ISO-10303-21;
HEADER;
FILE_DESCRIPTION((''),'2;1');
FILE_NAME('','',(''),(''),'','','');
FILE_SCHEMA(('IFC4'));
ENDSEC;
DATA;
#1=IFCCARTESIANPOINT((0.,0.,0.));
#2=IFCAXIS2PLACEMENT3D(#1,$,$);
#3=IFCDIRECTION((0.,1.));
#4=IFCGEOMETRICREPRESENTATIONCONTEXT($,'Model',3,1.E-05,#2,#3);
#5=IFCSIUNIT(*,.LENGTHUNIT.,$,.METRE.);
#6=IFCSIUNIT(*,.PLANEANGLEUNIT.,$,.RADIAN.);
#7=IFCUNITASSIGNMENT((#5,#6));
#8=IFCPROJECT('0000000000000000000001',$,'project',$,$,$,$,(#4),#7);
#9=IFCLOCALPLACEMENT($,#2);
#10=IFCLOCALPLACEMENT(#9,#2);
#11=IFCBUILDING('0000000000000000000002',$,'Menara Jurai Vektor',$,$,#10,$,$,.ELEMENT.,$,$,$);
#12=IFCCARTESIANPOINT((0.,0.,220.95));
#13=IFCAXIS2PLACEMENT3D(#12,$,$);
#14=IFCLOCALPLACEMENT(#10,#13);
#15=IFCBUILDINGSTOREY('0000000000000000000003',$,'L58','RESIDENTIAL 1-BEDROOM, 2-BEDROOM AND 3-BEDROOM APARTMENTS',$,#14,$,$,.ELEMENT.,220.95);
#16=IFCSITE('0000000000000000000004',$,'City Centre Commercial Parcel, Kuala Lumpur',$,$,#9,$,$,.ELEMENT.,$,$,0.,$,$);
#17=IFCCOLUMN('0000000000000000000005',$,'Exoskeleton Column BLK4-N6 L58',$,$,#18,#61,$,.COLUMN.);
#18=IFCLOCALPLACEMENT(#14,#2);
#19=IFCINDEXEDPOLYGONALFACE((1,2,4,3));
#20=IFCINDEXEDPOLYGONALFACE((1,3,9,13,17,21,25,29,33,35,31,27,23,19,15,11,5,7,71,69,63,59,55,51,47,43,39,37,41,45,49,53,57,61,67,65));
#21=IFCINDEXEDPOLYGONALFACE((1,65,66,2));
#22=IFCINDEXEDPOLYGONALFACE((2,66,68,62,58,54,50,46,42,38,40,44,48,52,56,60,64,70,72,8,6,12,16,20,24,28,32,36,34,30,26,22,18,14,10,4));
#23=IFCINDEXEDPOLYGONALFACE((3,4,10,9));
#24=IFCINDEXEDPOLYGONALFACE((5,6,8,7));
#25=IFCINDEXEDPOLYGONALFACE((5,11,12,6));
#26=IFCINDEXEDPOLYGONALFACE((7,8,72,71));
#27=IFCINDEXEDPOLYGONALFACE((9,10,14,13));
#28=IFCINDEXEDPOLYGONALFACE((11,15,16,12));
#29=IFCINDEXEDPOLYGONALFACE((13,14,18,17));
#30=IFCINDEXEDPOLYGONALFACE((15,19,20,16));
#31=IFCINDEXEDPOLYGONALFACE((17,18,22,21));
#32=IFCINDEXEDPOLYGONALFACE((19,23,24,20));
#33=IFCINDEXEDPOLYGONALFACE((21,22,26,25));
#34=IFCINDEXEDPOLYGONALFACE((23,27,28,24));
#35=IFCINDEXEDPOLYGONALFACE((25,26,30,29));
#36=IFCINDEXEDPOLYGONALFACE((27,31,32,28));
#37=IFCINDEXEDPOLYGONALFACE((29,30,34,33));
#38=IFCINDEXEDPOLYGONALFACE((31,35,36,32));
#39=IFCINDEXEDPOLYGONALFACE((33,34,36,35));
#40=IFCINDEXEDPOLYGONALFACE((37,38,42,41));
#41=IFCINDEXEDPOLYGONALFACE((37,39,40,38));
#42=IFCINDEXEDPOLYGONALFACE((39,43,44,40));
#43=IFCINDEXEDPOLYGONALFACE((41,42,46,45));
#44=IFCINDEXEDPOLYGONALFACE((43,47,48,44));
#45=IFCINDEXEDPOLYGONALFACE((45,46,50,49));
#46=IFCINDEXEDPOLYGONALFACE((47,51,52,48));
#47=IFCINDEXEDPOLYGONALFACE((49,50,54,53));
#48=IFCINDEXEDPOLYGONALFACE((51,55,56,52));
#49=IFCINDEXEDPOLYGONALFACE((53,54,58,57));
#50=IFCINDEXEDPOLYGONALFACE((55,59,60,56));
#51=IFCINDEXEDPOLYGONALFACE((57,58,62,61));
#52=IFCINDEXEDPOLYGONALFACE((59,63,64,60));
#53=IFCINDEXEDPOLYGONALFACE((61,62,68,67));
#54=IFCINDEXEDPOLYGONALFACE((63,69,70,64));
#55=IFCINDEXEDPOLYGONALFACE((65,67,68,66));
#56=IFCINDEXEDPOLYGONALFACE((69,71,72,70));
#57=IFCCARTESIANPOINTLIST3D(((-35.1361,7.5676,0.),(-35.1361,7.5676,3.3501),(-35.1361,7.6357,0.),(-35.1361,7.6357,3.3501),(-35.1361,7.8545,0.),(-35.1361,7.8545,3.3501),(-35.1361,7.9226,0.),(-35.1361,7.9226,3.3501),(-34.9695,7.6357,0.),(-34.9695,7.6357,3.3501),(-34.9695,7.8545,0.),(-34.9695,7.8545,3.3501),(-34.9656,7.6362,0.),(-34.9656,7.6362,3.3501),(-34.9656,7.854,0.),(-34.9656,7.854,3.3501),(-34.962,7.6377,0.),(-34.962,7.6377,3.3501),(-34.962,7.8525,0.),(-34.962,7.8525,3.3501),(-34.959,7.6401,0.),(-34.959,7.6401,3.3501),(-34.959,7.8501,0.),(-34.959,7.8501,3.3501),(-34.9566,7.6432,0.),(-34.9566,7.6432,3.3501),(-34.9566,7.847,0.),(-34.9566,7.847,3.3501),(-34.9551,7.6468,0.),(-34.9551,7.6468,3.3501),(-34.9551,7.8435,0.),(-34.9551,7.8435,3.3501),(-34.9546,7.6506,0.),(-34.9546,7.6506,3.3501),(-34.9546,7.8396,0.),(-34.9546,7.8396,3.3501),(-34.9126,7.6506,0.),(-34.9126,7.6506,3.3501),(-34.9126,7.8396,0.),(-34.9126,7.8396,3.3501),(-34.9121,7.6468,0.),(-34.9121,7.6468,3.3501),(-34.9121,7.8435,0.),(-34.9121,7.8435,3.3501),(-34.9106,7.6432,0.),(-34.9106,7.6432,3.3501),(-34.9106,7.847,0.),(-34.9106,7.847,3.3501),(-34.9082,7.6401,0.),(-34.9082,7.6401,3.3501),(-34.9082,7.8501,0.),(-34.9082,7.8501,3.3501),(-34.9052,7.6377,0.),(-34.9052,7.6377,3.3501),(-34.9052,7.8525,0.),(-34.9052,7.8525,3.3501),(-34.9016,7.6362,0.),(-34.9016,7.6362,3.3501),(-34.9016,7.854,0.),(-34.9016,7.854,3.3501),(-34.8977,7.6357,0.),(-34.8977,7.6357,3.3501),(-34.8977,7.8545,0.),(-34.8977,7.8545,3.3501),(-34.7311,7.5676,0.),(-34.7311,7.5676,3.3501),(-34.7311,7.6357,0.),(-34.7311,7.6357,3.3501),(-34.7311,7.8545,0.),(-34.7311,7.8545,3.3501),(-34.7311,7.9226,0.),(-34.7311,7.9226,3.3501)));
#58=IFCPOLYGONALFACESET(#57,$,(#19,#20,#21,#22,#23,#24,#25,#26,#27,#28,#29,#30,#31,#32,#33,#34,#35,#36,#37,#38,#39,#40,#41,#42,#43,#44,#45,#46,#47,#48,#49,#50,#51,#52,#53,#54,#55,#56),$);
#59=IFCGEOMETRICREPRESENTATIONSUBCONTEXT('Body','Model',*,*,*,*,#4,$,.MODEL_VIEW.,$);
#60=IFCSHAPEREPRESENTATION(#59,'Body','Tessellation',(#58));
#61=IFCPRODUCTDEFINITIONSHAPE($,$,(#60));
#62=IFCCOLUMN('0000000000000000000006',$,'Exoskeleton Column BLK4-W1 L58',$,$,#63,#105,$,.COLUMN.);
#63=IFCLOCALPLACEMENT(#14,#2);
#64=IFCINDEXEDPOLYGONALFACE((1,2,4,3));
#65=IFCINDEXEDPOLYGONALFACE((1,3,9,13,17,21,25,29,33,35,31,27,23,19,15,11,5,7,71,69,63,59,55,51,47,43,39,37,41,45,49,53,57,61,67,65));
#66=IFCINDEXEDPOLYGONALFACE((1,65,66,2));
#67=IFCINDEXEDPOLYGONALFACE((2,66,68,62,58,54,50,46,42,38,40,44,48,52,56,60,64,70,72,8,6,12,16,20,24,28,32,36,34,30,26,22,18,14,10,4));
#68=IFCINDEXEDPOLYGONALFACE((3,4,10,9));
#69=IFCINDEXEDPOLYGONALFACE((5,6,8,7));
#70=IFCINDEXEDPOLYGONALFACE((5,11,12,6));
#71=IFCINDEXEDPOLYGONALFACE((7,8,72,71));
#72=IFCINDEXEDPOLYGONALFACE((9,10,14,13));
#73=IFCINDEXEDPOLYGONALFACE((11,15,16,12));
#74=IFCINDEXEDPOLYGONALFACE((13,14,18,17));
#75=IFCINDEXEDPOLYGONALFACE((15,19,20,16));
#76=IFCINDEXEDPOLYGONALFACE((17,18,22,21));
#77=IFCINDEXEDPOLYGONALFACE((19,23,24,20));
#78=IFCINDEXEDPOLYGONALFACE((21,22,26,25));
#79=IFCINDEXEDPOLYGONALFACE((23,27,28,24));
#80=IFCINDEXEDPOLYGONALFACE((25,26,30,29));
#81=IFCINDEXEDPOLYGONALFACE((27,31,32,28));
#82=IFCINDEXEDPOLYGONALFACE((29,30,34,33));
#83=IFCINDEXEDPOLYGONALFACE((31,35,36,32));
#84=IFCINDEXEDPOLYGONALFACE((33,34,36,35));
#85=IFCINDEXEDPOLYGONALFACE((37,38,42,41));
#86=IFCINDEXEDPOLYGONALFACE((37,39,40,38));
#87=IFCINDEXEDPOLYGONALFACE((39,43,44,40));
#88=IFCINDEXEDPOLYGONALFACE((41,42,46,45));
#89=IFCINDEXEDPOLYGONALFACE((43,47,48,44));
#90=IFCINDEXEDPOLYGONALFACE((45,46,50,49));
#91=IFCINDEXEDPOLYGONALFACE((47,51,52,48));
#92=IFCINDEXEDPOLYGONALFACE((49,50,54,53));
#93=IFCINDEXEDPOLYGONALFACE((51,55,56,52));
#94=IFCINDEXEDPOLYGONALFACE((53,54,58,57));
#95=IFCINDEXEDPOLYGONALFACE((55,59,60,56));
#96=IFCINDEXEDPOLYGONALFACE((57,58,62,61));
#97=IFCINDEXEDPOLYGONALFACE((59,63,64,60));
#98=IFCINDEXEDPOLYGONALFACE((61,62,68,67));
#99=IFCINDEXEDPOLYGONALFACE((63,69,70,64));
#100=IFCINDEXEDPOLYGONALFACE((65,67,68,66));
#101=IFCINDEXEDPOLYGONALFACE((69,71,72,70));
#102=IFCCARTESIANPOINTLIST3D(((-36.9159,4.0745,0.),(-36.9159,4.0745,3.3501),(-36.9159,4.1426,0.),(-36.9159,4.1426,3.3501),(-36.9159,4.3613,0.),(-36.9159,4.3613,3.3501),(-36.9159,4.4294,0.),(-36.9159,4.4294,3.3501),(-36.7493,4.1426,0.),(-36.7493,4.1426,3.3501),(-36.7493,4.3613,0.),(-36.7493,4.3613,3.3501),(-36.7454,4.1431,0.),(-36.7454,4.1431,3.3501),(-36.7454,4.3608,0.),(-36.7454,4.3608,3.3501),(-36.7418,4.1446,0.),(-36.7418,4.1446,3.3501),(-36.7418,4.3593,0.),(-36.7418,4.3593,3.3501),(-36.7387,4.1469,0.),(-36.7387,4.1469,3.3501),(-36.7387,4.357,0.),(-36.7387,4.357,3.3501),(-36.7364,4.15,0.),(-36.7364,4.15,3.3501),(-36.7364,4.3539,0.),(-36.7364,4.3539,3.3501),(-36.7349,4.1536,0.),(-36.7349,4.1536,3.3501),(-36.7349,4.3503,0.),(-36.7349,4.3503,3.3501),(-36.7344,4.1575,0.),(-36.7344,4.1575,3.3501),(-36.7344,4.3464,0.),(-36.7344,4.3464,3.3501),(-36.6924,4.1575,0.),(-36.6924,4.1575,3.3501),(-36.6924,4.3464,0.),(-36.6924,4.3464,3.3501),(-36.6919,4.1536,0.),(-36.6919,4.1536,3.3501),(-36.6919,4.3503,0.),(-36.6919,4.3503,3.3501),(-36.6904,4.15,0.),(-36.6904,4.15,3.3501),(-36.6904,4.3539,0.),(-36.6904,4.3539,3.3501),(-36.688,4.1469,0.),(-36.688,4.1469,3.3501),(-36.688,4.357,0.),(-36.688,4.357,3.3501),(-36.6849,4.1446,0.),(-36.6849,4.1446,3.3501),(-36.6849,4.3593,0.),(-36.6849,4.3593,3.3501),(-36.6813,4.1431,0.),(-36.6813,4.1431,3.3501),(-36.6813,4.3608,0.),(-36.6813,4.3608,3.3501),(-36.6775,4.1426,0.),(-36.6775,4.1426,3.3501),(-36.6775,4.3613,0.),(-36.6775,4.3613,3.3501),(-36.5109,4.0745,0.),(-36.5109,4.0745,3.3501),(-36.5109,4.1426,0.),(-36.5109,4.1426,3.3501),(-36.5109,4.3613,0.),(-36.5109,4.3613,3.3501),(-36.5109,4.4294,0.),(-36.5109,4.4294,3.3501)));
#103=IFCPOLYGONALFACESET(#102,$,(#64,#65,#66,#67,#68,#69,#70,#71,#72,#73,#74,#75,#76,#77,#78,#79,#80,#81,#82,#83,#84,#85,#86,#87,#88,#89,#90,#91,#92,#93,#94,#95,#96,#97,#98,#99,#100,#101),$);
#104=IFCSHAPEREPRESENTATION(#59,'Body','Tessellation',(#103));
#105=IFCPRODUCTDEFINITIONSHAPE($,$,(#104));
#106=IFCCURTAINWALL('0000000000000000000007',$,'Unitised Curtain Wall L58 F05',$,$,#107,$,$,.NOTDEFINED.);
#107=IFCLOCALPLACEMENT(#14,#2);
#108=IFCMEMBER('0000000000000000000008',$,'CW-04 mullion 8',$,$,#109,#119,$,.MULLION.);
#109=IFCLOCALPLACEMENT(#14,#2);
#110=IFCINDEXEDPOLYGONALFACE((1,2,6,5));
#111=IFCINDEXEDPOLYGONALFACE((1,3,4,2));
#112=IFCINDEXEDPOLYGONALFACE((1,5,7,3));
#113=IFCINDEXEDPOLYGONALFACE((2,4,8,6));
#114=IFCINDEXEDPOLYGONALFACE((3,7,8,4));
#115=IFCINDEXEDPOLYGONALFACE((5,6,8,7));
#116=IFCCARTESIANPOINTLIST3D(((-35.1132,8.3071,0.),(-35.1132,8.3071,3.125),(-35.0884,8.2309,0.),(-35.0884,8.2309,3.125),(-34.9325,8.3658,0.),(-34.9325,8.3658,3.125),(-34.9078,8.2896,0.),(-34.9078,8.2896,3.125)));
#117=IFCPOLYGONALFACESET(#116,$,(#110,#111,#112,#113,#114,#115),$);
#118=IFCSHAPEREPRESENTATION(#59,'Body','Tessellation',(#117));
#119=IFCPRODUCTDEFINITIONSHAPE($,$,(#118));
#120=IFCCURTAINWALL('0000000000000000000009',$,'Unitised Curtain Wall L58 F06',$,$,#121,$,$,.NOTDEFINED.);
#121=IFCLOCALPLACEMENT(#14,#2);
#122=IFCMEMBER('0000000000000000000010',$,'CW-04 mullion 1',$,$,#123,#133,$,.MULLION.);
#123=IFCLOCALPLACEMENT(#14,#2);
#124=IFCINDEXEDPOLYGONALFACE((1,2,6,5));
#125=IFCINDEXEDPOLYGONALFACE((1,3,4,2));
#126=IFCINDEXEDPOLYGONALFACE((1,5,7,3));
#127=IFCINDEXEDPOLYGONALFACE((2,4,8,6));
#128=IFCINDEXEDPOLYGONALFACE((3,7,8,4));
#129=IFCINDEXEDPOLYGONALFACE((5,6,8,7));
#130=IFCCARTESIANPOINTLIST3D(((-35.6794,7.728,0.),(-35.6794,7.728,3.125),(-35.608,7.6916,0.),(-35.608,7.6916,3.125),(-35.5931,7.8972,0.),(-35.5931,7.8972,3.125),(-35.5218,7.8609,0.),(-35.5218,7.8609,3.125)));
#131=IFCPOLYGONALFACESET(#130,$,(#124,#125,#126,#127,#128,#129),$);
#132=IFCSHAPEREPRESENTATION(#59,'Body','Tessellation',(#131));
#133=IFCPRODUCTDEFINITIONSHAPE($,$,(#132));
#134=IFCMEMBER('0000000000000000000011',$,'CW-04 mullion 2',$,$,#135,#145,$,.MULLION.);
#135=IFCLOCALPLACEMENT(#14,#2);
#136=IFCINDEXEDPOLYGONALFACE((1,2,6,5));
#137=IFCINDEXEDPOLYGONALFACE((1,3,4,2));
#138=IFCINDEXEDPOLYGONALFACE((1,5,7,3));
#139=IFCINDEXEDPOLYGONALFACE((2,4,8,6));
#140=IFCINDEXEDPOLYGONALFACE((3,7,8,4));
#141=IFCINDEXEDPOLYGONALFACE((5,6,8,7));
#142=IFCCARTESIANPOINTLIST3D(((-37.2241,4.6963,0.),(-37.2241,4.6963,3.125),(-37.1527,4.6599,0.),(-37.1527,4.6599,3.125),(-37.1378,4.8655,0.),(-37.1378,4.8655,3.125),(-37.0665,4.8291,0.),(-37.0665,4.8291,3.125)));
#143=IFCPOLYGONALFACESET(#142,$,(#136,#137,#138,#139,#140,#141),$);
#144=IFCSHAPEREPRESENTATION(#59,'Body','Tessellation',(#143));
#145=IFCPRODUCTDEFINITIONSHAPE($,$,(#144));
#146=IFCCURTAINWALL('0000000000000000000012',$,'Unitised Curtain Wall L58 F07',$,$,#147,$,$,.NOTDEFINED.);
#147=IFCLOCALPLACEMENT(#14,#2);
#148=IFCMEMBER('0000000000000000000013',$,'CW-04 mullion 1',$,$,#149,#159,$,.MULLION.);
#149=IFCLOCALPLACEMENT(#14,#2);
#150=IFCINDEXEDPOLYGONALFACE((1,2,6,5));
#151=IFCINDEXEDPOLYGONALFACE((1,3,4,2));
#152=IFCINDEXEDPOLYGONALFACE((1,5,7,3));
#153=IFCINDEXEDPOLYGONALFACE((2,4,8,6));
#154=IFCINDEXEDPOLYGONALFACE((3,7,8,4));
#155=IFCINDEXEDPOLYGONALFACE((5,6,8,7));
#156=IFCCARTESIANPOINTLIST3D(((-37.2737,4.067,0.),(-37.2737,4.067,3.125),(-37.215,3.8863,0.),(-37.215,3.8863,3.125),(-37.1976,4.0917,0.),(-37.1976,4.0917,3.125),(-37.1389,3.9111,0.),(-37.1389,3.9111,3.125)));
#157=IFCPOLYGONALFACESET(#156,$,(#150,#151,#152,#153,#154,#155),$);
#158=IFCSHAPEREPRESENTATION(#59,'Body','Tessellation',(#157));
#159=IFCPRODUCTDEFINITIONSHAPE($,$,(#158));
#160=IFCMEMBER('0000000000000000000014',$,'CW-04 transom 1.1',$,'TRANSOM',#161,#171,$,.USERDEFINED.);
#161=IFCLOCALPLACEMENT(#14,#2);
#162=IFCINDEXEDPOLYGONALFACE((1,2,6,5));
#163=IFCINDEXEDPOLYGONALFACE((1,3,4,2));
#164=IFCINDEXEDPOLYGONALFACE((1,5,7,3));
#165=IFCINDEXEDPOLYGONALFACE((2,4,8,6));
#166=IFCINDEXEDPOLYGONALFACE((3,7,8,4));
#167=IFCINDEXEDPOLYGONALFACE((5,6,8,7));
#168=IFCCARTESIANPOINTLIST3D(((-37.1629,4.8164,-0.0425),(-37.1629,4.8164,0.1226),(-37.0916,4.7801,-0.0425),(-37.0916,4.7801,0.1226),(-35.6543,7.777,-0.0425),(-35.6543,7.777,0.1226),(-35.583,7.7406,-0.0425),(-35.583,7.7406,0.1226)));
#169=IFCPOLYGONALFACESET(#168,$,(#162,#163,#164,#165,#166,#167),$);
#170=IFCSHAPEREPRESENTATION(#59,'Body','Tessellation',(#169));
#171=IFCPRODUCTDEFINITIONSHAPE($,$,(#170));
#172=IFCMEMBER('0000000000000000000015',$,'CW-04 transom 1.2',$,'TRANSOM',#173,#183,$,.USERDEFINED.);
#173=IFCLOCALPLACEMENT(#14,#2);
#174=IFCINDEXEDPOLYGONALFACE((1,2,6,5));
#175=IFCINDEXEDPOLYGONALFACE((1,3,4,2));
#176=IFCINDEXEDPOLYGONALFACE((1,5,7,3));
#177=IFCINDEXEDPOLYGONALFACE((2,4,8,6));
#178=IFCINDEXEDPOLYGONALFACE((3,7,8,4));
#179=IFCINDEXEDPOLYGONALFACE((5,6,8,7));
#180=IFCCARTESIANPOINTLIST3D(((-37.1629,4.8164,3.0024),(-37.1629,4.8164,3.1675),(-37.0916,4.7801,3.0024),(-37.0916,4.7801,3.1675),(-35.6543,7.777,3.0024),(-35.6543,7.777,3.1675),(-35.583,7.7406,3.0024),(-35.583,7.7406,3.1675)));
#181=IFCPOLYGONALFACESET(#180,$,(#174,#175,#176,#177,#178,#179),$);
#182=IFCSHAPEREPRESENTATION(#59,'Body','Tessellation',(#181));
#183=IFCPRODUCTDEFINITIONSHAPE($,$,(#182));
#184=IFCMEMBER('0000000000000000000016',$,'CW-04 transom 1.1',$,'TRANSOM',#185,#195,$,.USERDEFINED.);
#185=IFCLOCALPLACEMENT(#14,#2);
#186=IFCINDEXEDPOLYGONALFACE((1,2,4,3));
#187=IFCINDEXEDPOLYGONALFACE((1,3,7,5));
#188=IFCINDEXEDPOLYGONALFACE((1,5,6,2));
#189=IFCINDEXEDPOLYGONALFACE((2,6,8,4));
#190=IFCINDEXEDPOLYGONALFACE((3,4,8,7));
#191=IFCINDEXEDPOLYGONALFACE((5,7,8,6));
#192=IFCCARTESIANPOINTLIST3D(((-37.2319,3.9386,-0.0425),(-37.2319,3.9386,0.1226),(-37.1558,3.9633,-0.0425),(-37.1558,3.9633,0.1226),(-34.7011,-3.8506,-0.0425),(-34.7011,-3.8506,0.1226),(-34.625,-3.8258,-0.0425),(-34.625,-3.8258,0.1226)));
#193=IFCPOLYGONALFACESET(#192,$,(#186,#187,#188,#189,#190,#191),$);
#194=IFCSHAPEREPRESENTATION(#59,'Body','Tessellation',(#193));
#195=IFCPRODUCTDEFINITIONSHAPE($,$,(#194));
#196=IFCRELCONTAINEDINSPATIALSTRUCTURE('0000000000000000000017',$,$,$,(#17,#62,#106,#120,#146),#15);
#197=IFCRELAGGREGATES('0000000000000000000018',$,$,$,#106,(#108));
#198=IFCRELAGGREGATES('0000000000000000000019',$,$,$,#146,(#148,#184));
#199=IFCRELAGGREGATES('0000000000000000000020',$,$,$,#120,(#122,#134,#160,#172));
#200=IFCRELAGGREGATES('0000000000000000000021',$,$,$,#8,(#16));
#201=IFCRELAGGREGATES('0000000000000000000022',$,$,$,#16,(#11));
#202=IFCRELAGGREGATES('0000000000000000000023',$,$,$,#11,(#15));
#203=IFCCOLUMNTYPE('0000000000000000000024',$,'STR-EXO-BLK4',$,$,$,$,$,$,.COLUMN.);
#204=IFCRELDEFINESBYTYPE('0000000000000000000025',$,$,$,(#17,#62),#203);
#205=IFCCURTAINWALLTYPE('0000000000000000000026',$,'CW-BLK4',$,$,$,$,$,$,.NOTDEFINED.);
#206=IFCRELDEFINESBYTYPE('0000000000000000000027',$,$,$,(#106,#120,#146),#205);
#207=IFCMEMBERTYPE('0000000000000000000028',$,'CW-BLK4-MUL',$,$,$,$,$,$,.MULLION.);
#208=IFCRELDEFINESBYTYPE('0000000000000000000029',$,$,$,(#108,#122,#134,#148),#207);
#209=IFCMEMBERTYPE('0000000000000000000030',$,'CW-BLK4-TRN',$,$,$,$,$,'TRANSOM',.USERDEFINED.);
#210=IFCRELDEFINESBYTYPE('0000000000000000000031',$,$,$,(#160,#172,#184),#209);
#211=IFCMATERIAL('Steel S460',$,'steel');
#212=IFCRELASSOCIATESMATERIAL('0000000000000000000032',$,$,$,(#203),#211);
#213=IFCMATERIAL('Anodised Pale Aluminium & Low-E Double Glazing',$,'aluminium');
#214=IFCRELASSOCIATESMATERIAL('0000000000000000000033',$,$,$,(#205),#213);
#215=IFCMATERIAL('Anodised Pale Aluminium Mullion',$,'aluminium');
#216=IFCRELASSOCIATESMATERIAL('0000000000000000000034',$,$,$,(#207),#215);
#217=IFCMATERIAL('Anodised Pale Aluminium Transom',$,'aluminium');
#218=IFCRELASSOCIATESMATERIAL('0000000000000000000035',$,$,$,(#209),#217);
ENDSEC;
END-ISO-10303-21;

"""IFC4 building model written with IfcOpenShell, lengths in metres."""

from ifc_helpers import new_model, si_unit, direction, frame, origin, origin_2d, place, context, subcontext, project, spatial, rectangle, i_section, extrude, material, material_profile, profile_set, type_object, element, aggregate, save


model = new_model("IFC4")

# Units and contexts
model_context = context("Model", 3, precision=1e-05, world=origin(), true_north=direction((0.0, 1.0)))
body_context = subcontext(model_context, "Body", "Model", "MODEL_VIEW")
ifc_project = project(units=[si_unit("LENGTHUNIT", "METRE"), si_unit("PLANEANGLEUNIT", "RADIAN")], contexts=[model_context])

# Site, building, storey
site_placement = place(None, origin())
site = spatial("IfcSite", under=ifc_project, at=site_placement, Name="City Centre Commercial Parcel, Kuala Lumpur", CompositionType="ELEMENT", RefElevation=0.0)
building_placement = place(site_placement, origin())
building = spatial("IfcBuilding", under=site, at=building_placement, Name="Menara Jurai Vektor", CompositionType="ELEMENT")
storey_placement = place(building_placement, frame((0.0, 0.0, 220.95)))
storey = spatial("IfcBuildingStorey", under=building, at=storey_placement, Name="L58", Description="RESIDENTIAL 1-BEDROOM, 2-BEDROOM AND 3-BEDROOM APARTMENTS", CompositionType="ELEMENT", Elevation=220.95)

# Columns
ifc_material_1 = material(Name="Steel S460", Category="steel")
ifc_material_profile_1 = material_profile(ifc_material_1, i_section(OverallWidth=0.405, OverallDepth=0.355, WebThickness=0.042, FlangeThickness=0.0681, FilletRadius=0.0149, at=origin_2d()), Name="HD 400x551")
ifc_profile_set_1 = profile_set([ifc_material_profile_1], Name="Steel S460")
column_type = type_object("IfcColumnType", Name="STR-EXO-BLK4", PredefinedType="COLUMN", material=ifc_profile_set_1)
for number, where, z_axis, x_axis, name in (
    (1, (-34.9336, 7.7451, 0.0), (0.0, 0.0, 1.0), (1.0, 0.0, 0.0), "Exoskeleton Column BLK4-N6 L58"),
    (2, (-36.7134, 4.252, 0.0), (0.0, 0.0, 1.0), (1.0, 0.0, 0.0), "Exoskeleton Column BLK4-W1 L58"),
):
    element("IfcColumn", number, at=place(storey_placement, frame(where, z_axis=z_axis, x_axis=x_axis)), inside=storey, type_object=column_type, Name=name, PredefinedType="COLUMN", context=body_context, shape_type="SweptSolid", body=[
        extrude(i_section(OverallWidth=0.405, OverallDepth=0.355, WebThickness=0.042, FlangeThickness=0.0681, FilletRadius=0.0149, at=origin_2d()), origin(), (0.0, 0.0, 1.0), 3.3501),
    ])

# Curtain wall, member
ifc_material_2 = material(Name="Anodised Pale Aluminium & Low-E Double Glazing", Category="aluminium")
curtain_wall_type = type_object("IfcCurtainWallType", Name="CW-BLK4", PredefinedType="NOTDEFINED", material=ifc_material_2)
curtain_wall_1_placement = place(storey_placement, origin())
curtain_wall_1 = element("IfcCurtainWall", 3, at=curtain_wall_1_placement, inside=storey, type_object=curtain_wall_type, Name="Unitised Curtain Wall L58 F05", PredefinedType="NOTDEFINED")
ifc_material_3 = material(Name="Anodised Pale Aluminium Mullion", Category="aluminium")
ifc_material_profile_2 = material_profile(ifc_material_3, rectangle(XDim=0.0801, YDim=0.1899, at=origin_2d()), Name="ALU MUL 80x190")
ifc_profile_set_2 = profile_set([ifc_material_profile_2], Name="Anodised Pale Aluminium Mullion")
member_type_1 = type_object("IfcMemberType", Name="CW-BLK4-MUL", PredefinedType="MULLION", material=ifc_profile_set_2)
member_1_placement = place(storey_placement, frame((-35.0105, 8.2983, 0.0), z_axis=(0.0, 0.0, 1.0), x_axis=(0.309017, -0.951056, 0.0)))
member_1 = element("IfcMember", 4, at=member_1_placement, type_object=member_type_1, Name="CW-04 mullion 8", PredefinedType="MULLION", context=body_context, shape_type="SweptSolid", body=[
    extrude(rectangle(XDim=0.0801, YDim=0.1899, at=origin_2d()), origin(), (0.0, 0.0, 1.0), 3.125),
])

# Curtain wall, members
curtain_wall_2_placement = place(storey_placement, origin())
curtain_wall_2 = element("IfcCurtainWall", 5, at=curtain_wall_2_placement, inside=storey, type_object=curtain_wall_type, Name="Unitised Curtain Wall L58 F06", PredefinedType="NOTDEFINED")
member_2_placement = place(storey_placement, frame((-35.6006, 7.7944, 0.0), z_axis=(0.0, 0.0, 1.0), x_axis=(0.891008, -0.453989, 0.0)))
member_2 = element("IfcMember", 6, at=member_2_placement, type_object=member_type_1, Name="CW-04 mullion 1", PredefinedType="MULLION", context=body_context, shape_type="SweptSolid", body=[
    extrude(rectangle(XDim=0.0801, YDim=0.1899, at=origin_2d()), origin(), (0.0, 0.0, 1.0), 3.125),
])
member_3_placement = place(storey_placement, frame((-37.1453, 4.7627, 0.0), z_axis=(0.0, 0.0, 1.0), x_axis=(0.891008, -0.453989, 0.0)))
member_3 = element("IfcMember", 7, at=member_3_placement, type_object=member_type_1, Name="CW-04 mullion 2", PredefinedType="MULLION", context=body_context, shape_type="SweptSolid", body=[
    extrude(rectangle(XDim=0.0801, YDim=0.1899, at=origin_2d()), origin(), (0.0, 0.0, 1.0), 3.125),
])

# Curtain wall, member
curtain_wall_3_placement = place(storey_placement, origin())
curtain_wall_3 = element("IfcCurtainWall", 8, at=curtain_wall_3_placement, inside=storey, type_object=curtain_wall_type, Name="Unitised Curtain Wall L58 F07", PredefinedType="NOTDEFINED")
member_4_placement = place(storey_placement, frame((-37.2063, 3.989, 0.0), z_axis=(0.0, 0.0, 1.0), x_axis=(0.951057, 0.309016, 0.0)))
member_4 = element("IfcMember", 9, at=member_4_placement, type_object=member_type_1, Name="CW-04 mullion 1", PredefinedType="MULLION", context=body_context, shape_type="SweptSolid", body=[
    extrude(rectangle(XDim=0.0801, YDim=0.1899, at=origin_2d()), origin(), (0.0, 0.0, 1.0), 3.125),
])

# Members
ifc_material_4 = material(Name="Anodised Pale Aluminium Transom", Category="aluminium")
ifc_material_profile_3 = material_profile(ifc_material_4, rectangle(XDim=0.0801, YDim=0.165, at=origin_2d()), Name="ALU TRN 80x165")
ifc_profile_set_3 = profile_set([ifc_material_profile_3], Name="Anodised Pale Aluminium Transom")
member_type_2 = type_object("IfcMemberType", Name="CW-BLK4-TRN", ElementType="TRANSOM", PredefinedType="USERDEFINED", material=ifc_profile_set_3)
member_5_placement = place(storey_placement, frame((-35.6187, 7.7588, 0.04), z_axis=(-0.454019, -0.890992, 0.0), x_axis=(0.890992, -0.454019, 0.0)))
member_5 = element("IfcMember", 10, at=member_5_placement, type_object=member_type_2, Name="CW-04 transom 1.1", ObjectType="TRANSOM", PredefinedType="USERDEFINED", context=body_context, shape_type="SweptSolid", body=[
    extrude(rectangle(XDim=0.0801, YDim=0.165, at=origin_2d()), origin(), (0.0, 0.0, 1.0), 3.3228),
])
member_6_placement = place(storey_placement, frame((-35.6187, 7.7588, 3.085), z_axis=(-0.454019, -0.890992, 0.0), x_axis=(0.890992, -0.454019, 0.0)))
member_6 = element("IfcMember", 11, at=member_6_placement, type_object=member_type_2, Name="CW-04 transom 1.2", ObjectType="TRANSOM", PredefinedType="USERDEFINED", context=body_context, shape_type="SweptSolid", body=[
    extrude(rectangle(XDim=0.0801, YDim=0.165, at=origin_2d()), origin(), (0.0, 0.0, 1.0), 3.3228),
])
member_7_placement = place(storey_placement, frame((-37.1938, 3.9509, 0.04), z_axis=(0.309011, -0.951059, 0.0), x_axis=(0.951059, 0.309011, 0.0)))
member_7 = element("IfcMember", 12, at=member_7_placement, type_object=member_type_2, Name="CW-04 transom 1.1", ObjectType="TRANSOM", PredefinedType="USERDEFINED", context=body_context, shape_type="SweptSolid", body=[
    extrude(rectangle(XDim=0.0801, YDim=0.165, at=origin_2d()), origin(), (0.0, 0.0, 1.0), 8.1899),
])

aggregate(curtain_wall_1, [member_1])
aggregate(curtain_wall_3, [member_4, member_7])
aggregate(curtain_wall_2, [member_2, member_3, member_5, member_6])

save(model, "model.ifc")
